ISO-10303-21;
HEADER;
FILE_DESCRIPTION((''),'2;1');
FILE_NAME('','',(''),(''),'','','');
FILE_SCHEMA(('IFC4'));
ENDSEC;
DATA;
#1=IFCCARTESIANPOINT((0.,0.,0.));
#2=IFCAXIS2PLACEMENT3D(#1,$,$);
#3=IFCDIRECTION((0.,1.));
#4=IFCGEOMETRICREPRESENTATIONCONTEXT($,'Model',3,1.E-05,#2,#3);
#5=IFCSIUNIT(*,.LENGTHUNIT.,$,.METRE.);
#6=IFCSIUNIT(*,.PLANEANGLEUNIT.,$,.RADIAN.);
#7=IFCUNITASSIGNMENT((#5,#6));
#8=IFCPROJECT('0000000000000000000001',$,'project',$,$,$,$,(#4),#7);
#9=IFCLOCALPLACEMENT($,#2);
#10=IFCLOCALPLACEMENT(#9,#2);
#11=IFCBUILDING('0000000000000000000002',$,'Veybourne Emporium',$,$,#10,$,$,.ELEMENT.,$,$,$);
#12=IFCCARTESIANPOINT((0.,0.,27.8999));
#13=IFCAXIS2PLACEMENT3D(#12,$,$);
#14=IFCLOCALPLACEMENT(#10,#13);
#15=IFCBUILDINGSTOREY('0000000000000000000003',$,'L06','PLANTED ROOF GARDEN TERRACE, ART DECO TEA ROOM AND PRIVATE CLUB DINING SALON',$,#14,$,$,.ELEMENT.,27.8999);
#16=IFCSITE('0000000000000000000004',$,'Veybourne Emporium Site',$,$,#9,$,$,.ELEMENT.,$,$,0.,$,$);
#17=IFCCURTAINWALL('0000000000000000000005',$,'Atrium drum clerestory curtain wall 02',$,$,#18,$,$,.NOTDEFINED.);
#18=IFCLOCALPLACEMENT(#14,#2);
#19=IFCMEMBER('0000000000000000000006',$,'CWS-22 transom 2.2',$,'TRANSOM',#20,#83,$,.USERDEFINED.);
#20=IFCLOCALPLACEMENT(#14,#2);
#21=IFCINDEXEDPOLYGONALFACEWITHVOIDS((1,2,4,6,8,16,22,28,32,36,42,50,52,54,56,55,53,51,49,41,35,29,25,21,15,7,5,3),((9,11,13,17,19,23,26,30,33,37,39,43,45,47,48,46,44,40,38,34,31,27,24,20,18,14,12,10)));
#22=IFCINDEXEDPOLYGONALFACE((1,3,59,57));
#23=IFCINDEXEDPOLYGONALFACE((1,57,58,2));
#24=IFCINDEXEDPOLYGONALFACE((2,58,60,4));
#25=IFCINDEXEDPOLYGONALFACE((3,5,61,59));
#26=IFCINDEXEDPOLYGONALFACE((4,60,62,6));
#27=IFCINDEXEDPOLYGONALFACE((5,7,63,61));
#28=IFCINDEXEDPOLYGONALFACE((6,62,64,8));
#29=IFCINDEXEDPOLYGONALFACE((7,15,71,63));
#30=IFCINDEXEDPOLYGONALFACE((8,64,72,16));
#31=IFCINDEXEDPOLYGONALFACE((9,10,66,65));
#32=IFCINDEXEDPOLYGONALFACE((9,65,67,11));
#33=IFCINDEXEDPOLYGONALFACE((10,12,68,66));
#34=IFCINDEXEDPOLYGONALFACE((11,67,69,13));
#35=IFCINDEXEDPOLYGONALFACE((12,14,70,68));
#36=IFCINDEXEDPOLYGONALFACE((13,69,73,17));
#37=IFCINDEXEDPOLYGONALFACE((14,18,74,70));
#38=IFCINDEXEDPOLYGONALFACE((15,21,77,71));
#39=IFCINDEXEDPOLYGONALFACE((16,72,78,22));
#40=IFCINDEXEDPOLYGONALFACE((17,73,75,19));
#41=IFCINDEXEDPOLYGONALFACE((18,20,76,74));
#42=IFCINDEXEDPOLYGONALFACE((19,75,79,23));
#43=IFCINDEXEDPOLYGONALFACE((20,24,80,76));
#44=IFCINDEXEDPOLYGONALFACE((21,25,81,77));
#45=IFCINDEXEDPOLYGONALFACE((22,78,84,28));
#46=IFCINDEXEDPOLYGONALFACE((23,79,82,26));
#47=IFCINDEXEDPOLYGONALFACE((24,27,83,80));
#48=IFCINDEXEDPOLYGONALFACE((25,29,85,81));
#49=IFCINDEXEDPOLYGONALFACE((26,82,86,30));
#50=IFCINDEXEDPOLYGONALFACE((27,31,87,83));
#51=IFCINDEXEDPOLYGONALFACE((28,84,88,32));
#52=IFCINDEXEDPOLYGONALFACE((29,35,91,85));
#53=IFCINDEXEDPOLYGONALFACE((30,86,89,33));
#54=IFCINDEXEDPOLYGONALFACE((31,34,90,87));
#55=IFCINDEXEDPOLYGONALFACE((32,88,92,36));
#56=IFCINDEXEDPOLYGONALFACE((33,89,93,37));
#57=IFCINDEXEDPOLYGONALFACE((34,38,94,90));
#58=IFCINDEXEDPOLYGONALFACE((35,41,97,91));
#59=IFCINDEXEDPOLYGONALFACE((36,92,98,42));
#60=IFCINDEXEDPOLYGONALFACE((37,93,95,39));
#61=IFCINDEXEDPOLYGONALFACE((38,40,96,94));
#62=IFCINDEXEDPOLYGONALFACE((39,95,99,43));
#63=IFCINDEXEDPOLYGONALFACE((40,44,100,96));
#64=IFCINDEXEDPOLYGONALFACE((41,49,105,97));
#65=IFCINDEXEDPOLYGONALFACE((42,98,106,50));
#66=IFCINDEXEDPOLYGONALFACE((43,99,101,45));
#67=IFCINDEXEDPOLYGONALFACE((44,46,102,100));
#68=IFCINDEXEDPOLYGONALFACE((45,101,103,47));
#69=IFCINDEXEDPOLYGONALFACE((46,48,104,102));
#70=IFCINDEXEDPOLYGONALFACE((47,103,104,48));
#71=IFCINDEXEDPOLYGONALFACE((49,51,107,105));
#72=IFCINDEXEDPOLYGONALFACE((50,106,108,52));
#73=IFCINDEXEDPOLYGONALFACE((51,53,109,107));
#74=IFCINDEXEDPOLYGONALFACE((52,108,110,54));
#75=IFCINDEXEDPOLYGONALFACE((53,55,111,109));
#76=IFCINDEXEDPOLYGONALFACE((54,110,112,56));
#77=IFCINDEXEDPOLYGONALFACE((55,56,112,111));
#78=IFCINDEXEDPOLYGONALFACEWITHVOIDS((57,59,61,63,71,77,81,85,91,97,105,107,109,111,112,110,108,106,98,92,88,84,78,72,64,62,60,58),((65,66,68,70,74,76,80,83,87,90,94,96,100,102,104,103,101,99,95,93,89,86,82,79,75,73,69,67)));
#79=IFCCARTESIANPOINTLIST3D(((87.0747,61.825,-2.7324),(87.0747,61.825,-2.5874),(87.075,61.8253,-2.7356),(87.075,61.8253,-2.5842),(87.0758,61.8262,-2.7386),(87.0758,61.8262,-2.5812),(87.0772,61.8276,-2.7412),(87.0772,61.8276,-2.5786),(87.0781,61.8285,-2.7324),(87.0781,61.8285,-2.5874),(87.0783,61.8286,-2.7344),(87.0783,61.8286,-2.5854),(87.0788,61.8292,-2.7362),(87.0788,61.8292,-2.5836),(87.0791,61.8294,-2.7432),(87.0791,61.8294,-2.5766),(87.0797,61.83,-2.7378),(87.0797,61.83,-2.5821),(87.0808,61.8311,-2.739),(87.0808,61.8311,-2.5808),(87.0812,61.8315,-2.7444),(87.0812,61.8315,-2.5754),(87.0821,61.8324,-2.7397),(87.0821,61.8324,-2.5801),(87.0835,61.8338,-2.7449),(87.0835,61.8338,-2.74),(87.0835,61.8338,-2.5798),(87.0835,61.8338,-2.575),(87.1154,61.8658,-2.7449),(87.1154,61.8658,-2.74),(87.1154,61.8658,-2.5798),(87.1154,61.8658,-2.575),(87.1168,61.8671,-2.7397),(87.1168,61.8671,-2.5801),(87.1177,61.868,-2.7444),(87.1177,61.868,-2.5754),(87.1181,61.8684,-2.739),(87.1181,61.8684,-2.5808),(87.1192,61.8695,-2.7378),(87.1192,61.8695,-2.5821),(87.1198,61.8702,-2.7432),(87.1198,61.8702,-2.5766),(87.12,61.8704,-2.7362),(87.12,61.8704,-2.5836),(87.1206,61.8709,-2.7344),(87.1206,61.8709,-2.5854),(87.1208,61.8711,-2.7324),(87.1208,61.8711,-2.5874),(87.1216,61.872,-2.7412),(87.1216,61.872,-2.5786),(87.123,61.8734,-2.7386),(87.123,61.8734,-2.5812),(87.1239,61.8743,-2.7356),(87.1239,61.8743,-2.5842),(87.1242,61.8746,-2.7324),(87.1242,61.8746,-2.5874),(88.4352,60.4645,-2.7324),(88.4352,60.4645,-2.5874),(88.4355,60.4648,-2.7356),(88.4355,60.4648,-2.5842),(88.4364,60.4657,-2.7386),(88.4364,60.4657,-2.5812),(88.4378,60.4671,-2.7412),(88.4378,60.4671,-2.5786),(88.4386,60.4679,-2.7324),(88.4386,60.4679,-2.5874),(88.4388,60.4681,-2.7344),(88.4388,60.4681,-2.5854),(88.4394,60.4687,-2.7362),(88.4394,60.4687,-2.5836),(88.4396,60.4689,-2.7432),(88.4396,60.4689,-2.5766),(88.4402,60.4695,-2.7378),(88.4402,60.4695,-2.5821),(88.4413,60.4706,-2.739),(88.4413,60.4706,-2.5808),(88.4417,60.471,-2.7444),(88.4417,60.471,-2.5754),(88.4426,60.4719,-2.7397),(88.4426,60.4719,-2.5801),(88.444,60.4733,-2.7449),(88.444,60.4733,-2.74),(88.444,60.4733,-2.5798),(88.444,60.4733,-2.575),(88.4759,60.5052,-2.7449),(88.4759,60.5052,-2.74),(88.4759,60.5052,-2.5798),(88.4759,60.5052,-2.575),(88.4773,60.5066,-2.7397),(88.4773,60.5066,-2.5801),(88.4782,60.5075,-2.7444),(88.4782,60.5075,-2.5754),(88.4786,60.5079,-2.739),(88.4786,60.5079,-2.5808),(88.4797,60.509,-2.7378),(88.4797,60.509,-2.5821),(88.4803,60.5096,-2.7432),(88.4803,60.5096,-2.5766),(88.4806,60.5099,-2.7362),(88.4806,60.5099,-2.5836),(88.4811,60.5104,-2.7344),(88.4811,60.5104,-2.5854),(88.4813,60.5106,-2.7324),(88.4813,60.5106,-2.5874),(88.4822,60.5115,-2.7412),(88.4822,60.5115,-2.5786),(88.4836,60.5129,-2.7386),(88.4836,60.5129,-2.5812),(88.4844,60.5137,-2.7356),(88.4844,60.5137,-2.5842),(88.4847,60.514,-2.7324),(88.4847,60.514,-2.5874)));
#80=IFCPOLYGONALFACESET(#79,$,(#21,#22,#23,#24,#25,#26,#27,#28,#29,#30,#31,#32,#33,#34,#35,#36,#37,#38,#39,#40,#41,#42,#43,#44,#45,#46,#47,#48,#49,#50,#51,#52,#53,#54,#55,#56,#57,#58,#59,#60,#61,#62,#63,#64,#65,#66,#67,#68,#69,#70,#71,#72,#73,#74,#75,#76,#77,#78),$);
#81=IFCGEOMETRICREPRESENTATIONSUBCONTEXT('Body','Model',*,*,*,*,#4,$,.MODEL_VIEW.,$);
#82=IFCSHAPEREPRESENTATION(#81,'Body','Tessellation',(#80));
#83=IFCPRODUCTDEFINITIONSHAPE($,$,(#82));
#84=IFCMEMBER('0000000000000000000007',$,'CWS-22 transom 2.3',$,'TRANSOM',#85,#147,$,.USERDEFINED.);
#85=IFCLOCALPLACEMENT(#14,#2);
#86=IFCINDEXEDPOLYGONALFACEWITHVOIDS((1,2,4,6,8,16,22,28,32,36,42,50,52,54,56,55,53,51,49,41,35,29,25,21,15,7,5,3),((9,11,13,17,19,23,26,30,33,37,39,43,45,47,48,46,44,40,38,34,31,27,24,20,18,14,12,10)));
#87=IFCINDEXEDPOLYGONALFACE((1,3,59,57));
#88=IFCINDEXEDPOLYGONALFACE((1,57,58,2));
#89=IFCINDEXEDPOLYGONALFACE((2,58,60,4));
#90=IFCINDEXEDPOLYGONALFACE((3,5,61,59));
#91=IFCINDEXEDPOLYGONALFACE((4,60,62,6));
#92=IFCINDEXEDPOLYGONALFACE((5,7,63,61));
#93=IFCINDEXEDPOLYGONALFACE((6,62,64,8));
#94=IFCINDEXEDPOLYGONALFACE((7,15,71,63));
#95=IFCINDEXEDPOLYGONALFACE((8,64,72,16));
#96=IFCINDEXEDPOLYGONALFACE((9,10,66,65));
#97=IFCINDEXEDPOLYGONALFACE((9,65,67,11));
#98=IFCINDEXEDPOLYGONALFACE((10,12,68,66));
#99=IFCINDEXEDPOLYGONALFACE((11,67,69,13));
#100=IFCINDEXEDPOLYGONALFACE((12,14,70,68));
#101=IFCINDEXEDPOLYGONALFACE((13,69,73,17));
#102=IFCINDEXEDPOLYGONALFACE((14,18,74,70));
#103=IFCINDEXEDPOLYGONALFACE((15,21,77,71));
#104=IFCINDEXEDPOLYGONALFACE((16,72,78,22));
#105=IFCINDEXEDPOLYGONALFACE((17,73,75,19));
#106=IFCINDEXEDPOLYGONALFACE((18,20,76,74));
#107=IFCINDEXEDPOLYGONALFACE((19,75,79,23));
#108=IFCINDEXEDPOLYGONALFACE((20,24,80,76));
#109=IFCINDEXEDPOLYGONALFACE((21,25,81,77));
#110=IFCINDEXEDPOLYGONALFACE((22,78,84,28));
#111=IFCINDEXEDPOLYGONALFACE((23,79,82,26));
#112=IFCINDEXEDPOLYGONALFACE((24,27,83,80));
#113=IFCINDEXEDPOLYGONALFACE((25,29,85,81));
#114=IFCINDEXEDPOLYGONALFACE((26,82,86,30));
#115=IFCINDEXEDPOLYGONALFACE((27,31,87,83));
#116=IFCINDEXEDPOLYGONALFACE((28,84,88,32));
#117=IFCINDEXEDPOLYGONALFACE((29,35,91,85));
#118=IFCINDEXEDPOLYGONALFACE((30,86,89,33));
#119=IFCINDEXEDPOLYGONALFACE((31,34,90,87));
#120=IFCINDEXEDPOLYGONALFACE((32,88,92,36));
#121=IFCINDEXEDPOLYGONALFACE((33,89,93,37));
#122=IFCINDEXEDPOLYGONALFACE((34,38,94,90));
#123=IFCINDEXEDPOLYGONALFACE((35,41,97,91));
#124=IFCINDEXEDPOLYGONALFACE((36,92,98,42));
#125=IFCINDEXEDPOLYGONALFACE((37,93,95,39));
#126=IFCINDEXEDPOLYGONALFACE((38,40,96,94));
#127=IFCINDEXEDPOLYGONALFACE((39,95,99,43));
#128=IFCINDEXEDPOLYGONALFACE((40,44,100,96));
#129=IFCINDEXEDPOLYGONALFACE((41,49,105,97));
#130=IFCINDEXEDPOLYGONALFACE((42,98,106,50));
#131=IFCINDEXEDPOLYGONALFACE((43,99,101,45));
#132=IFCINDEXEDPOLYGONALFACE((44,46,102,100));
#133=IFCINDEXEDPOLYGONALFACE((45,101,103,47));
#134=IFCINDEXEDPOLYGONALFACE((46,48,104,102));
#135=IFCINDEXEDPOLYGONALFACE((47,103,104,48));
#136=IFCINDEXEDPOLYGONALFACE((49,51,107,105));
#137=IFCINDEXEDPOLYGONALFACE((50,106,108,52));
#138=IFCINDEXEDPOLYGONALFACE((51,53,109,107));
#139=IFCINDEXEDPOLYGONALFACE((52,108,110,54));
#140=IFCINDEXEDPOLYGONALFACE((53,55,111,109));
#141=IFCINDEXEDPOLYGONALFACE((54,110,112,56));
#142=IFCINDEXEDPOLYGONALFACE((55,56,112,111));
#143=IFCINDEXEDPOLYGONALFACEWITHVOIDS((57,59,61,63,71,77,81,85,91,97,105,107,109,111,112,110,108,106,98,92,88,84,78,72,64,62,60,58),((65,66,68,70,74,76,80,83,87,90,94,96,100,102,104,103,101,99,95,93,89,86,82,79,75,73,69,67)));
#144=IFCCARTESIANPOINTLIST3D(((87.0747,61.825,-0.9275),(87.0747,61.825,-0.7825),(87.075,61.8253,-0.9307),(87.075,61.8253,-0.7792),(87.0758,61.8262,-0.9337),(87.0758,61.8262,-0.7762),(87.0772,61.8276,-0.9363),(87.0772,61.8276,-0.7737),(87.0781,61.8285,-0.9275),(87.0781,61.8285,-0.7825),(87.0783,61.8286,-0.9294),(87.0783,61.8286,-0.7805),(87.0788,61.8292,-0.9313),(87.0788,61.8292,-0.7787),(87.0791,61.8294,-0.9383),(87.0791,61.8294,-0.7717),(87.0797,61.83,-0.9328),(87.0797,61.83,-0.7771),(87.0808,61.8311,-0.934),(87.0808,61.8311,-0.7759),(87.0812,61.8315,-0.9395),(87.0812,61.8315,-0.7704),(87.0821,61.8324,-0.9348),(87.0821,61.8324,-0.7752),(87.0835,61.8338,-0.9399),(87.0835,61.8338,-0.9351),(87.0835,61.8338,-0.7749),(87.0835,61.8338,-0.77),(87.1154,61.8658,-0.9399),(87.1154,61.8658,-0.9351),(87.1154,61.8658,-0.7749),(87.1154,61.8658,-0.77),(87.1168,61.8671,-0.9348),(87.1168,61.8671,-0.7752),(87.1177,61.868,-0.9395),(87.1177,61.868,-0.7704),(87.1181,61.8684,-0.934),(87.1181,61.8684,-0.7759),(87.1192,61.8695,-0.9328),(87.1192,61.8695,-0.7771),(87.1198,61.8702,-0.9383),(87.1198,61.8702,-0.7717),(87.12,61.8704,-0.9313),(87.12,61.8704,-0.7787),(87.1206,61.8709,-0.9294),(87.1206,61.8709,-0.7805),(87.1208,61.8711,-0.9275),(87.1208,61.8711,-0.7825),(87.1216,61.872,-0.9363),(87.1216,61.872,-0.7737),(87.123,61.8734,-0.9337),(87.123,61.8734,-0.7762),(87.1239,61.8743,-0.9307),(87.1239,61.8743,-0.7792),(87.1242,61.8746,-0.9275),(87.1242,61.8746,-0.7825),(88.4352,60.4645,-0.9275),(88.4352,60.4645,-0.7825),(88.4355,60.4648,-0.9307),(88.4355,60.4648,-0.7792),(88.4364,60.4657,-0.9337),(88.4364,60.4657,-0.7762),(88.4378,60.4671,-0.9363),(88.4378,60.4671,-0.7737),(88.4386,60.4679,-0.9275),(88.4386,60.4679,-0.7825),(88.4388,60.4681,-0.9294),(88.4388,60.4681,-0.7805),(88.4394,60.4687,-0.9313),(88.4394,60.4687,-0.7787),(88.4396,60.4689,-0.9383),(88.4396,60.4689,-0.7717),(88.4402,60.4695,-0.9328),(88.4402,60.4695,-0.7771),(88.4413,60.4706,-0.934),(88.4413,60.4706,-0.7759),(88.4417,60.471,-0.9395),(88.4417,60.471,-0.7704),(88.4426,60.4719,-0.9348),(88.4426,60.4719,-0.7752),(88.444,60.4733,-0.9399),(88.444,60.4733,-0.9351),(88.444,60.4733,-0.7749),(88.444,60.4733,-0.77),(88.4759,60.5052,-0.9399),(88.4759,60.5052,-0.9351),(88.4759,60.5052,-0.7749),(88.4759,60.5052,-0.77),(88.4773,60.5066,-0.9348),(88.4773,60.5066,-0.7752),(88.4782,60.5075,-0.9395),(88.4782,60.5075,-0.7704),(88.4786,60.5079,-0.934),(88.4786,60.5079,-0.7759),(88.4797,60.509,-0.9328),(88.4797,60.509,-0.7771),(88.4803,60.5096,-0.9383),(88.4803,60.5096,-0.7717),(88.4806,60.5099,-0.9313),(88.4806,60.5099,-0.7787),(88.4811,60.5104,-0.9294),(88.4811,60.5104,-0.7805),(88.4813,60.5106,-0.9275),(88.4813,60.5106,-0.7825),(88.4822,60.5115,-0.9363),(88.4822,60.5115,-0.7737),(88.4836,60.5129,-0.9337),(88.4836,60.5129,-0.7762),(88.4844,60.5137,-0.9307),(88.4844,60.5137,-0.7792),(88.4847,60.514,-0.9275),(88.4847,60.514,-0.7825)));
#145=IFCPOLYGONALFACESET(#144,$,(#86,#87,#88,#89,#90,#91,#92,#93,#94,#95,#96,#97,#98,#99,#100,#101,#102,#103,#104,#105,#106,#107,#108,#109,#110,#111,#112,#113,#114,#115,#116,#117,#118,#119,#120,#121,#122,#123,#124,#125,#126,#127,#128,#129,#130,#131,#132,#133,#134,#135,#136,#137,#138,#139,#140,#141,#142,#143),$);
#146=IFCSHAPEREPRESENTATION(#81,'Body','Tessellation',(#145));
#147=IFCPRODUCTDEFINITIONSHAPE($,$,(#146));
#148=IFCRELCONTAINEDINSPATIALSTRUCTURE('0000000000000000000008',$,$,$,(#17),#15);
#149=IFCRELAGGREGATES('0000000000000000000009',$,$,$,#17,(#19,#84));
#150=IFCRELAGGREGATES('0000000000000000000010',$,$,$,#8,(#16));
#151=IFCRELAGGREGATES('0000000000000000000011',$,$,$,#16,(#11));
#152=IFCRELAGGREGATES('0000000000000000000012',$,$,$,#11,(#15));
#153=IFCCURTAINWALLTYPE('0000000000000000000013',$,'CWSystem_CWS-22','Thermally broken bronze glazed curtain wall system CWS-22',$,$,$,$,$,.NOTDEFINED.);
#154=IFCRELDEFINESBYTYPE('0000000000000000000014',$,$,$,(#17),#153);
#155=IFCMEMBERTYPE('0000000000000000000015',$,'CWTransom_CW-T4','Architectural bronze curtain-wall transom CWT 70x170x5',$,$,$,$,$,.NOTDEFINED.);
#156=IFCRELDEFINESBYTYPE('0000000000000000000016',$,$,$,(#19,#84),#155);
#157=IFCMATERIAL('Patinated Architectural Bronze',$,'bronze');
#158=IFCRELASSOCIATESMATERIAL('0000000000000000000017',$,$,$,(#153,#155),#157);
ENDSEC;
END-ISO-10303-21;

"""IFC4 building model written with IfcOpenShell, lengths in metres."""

from ifc_helpers import new_model, si_unit, direction, frame, origin, origin_2d, place, context, subcontext, project, spatial, hollow_rectangle, extrude, material, material_profile, profile_set, type_object, element, aggregate, save


model = new_model("IFC4")

# Units and contexts
model_context = context("Model", 3, precision=1e-05, world=origin(), true_north=direction((0.0, 1.0)))
body_context = subcontext(model_context, "Body", "Model", "MODEL_VIEW")
ifc_project = project(units=[si_unit("LENGTHUNIT", "METRE"), si_unit("PLANEANGLEUNIT", "RADIAN")], contexts=[model_context])

# Site, building, storey
site_placement = place(None, origin())
site = spatial("IfcSite", under=ifc_project, at=site_placement, Name="Veybourne Emporium Site", CompositionType="ELEMENT", RefElevation=0.0)
building_placement = place(site_placement, origin())
building = spatial("IfcBuilding", under=site, at=building_placement, Name="Veybourne Emporium", CompositionType="ELEMENT")
storey_placement = place(building_placement, frame((0.0, 0.0, 27.8999)))
storey = spatial("IfcBuildingStorey", under=building, at=storey_placement, Name="L06", Description="PLANTED ROOF GARDEN TERRACE, ART DECO TEA ROOM AND PRIVATE CLUB DINING SALON", CompositionType="ELEMENT", Elevation=27.8999)

# Curtain wall
ifc_material_1 = material(Name="Patinated Architectural Bronze", Category="bronze")
curtain_wall_type_1 = type_object("IfcCurtainWallType", Name="CWSystem_CWS-22", Description="Thermally broken bronze glazed curtain wall system CWS-22", PredefinedType="NOTDEFINED", material=ifc_material_1)
curtain_wall_1_placement = place(storey_placement, origin())
curtain_wall_1 = element("IfcCurtainWall", 1, at=curtain_wall_1_placement, inside=storey, type_object=curtain_wall_type_1, Name="Atrium drum clerestory curtain wall 02", PredefinedType="NOTDEFINED")

# Members
ifc_material_profile_1 = material_profile(ifc_material_1, hollow_rectangle(XDim=0.0701, YDim=0.1699, WallThickness=0.0049, InnerFilletRadius=0.0076, OuterFilletRadius=0.0125, at=origin_2d()), Name="CWT 70x170x5")
ifc_profile_set_1 = profile_set([ifc_material_profile_1], Name="Patinated Architectural Bronze")
member_type_1 = type_object("IfcMemberType", Name="CWTransom_CW-T4", Description="Architectural bronze curtain-wall transom CWT 70x170x5", PredefinedType="NOTDEFINED", material=ifc_profile_set_1)
member_1_placement = place(storey_placement, frame((88.46, 60.4893, -2.6599), z_axis=(-0.707107, 0.707107, 0.0), x_axis=(-0.707107, -0.707107, 0.0)))
member_1 = element("IfcMember", 2, at=member_1_placement, type_object=member_type_1, Name="CWS-22 transom 2.2", ObjectType="TRANSOM", PredefinedType="USERDEFINED", context=body_context, shape_type="SweptSolid", body=[
    extrude(hollow_rectangle(XDim=0.0701, YDim=0.1699, WallThickness=0.0049, InnerFilletRadius=0.0076, OuterFilletRadius=0.0125, at=origin_2d()), origin(), (0.0, 0.0, 1.0), 1.9241),
])
member_2_placement = place(storey_placement, frame((88.46, 60.4893, -0.855), z_axis=(-0.707107, 0.707107, 0.0), x_axis=(-0.707107, -0.707107, 0.0)))
member_2 = element("IfcMember", 3, at=member_2_placement, type_object=member_type_1, Name="CWS-22 transom 2.3", ObjectType="TRANSOM", PredefinedType="USERDEFINED", context=body_context, shape_type="SweptSolid", body=[
    extrude(hollow_rectangle(XDim=0.0701, YDim=0.1699, WallThickness=0.0049, InnerFilletRadius=0.0076, OuterFilletRadius=0.0125, at=origin_2d()), origin(), (0.0, 0.0, 1.0), 1.9241),
])

aggregate(curtain_wall_1, [member_1, member_2])

save(model, "model.ifc")
